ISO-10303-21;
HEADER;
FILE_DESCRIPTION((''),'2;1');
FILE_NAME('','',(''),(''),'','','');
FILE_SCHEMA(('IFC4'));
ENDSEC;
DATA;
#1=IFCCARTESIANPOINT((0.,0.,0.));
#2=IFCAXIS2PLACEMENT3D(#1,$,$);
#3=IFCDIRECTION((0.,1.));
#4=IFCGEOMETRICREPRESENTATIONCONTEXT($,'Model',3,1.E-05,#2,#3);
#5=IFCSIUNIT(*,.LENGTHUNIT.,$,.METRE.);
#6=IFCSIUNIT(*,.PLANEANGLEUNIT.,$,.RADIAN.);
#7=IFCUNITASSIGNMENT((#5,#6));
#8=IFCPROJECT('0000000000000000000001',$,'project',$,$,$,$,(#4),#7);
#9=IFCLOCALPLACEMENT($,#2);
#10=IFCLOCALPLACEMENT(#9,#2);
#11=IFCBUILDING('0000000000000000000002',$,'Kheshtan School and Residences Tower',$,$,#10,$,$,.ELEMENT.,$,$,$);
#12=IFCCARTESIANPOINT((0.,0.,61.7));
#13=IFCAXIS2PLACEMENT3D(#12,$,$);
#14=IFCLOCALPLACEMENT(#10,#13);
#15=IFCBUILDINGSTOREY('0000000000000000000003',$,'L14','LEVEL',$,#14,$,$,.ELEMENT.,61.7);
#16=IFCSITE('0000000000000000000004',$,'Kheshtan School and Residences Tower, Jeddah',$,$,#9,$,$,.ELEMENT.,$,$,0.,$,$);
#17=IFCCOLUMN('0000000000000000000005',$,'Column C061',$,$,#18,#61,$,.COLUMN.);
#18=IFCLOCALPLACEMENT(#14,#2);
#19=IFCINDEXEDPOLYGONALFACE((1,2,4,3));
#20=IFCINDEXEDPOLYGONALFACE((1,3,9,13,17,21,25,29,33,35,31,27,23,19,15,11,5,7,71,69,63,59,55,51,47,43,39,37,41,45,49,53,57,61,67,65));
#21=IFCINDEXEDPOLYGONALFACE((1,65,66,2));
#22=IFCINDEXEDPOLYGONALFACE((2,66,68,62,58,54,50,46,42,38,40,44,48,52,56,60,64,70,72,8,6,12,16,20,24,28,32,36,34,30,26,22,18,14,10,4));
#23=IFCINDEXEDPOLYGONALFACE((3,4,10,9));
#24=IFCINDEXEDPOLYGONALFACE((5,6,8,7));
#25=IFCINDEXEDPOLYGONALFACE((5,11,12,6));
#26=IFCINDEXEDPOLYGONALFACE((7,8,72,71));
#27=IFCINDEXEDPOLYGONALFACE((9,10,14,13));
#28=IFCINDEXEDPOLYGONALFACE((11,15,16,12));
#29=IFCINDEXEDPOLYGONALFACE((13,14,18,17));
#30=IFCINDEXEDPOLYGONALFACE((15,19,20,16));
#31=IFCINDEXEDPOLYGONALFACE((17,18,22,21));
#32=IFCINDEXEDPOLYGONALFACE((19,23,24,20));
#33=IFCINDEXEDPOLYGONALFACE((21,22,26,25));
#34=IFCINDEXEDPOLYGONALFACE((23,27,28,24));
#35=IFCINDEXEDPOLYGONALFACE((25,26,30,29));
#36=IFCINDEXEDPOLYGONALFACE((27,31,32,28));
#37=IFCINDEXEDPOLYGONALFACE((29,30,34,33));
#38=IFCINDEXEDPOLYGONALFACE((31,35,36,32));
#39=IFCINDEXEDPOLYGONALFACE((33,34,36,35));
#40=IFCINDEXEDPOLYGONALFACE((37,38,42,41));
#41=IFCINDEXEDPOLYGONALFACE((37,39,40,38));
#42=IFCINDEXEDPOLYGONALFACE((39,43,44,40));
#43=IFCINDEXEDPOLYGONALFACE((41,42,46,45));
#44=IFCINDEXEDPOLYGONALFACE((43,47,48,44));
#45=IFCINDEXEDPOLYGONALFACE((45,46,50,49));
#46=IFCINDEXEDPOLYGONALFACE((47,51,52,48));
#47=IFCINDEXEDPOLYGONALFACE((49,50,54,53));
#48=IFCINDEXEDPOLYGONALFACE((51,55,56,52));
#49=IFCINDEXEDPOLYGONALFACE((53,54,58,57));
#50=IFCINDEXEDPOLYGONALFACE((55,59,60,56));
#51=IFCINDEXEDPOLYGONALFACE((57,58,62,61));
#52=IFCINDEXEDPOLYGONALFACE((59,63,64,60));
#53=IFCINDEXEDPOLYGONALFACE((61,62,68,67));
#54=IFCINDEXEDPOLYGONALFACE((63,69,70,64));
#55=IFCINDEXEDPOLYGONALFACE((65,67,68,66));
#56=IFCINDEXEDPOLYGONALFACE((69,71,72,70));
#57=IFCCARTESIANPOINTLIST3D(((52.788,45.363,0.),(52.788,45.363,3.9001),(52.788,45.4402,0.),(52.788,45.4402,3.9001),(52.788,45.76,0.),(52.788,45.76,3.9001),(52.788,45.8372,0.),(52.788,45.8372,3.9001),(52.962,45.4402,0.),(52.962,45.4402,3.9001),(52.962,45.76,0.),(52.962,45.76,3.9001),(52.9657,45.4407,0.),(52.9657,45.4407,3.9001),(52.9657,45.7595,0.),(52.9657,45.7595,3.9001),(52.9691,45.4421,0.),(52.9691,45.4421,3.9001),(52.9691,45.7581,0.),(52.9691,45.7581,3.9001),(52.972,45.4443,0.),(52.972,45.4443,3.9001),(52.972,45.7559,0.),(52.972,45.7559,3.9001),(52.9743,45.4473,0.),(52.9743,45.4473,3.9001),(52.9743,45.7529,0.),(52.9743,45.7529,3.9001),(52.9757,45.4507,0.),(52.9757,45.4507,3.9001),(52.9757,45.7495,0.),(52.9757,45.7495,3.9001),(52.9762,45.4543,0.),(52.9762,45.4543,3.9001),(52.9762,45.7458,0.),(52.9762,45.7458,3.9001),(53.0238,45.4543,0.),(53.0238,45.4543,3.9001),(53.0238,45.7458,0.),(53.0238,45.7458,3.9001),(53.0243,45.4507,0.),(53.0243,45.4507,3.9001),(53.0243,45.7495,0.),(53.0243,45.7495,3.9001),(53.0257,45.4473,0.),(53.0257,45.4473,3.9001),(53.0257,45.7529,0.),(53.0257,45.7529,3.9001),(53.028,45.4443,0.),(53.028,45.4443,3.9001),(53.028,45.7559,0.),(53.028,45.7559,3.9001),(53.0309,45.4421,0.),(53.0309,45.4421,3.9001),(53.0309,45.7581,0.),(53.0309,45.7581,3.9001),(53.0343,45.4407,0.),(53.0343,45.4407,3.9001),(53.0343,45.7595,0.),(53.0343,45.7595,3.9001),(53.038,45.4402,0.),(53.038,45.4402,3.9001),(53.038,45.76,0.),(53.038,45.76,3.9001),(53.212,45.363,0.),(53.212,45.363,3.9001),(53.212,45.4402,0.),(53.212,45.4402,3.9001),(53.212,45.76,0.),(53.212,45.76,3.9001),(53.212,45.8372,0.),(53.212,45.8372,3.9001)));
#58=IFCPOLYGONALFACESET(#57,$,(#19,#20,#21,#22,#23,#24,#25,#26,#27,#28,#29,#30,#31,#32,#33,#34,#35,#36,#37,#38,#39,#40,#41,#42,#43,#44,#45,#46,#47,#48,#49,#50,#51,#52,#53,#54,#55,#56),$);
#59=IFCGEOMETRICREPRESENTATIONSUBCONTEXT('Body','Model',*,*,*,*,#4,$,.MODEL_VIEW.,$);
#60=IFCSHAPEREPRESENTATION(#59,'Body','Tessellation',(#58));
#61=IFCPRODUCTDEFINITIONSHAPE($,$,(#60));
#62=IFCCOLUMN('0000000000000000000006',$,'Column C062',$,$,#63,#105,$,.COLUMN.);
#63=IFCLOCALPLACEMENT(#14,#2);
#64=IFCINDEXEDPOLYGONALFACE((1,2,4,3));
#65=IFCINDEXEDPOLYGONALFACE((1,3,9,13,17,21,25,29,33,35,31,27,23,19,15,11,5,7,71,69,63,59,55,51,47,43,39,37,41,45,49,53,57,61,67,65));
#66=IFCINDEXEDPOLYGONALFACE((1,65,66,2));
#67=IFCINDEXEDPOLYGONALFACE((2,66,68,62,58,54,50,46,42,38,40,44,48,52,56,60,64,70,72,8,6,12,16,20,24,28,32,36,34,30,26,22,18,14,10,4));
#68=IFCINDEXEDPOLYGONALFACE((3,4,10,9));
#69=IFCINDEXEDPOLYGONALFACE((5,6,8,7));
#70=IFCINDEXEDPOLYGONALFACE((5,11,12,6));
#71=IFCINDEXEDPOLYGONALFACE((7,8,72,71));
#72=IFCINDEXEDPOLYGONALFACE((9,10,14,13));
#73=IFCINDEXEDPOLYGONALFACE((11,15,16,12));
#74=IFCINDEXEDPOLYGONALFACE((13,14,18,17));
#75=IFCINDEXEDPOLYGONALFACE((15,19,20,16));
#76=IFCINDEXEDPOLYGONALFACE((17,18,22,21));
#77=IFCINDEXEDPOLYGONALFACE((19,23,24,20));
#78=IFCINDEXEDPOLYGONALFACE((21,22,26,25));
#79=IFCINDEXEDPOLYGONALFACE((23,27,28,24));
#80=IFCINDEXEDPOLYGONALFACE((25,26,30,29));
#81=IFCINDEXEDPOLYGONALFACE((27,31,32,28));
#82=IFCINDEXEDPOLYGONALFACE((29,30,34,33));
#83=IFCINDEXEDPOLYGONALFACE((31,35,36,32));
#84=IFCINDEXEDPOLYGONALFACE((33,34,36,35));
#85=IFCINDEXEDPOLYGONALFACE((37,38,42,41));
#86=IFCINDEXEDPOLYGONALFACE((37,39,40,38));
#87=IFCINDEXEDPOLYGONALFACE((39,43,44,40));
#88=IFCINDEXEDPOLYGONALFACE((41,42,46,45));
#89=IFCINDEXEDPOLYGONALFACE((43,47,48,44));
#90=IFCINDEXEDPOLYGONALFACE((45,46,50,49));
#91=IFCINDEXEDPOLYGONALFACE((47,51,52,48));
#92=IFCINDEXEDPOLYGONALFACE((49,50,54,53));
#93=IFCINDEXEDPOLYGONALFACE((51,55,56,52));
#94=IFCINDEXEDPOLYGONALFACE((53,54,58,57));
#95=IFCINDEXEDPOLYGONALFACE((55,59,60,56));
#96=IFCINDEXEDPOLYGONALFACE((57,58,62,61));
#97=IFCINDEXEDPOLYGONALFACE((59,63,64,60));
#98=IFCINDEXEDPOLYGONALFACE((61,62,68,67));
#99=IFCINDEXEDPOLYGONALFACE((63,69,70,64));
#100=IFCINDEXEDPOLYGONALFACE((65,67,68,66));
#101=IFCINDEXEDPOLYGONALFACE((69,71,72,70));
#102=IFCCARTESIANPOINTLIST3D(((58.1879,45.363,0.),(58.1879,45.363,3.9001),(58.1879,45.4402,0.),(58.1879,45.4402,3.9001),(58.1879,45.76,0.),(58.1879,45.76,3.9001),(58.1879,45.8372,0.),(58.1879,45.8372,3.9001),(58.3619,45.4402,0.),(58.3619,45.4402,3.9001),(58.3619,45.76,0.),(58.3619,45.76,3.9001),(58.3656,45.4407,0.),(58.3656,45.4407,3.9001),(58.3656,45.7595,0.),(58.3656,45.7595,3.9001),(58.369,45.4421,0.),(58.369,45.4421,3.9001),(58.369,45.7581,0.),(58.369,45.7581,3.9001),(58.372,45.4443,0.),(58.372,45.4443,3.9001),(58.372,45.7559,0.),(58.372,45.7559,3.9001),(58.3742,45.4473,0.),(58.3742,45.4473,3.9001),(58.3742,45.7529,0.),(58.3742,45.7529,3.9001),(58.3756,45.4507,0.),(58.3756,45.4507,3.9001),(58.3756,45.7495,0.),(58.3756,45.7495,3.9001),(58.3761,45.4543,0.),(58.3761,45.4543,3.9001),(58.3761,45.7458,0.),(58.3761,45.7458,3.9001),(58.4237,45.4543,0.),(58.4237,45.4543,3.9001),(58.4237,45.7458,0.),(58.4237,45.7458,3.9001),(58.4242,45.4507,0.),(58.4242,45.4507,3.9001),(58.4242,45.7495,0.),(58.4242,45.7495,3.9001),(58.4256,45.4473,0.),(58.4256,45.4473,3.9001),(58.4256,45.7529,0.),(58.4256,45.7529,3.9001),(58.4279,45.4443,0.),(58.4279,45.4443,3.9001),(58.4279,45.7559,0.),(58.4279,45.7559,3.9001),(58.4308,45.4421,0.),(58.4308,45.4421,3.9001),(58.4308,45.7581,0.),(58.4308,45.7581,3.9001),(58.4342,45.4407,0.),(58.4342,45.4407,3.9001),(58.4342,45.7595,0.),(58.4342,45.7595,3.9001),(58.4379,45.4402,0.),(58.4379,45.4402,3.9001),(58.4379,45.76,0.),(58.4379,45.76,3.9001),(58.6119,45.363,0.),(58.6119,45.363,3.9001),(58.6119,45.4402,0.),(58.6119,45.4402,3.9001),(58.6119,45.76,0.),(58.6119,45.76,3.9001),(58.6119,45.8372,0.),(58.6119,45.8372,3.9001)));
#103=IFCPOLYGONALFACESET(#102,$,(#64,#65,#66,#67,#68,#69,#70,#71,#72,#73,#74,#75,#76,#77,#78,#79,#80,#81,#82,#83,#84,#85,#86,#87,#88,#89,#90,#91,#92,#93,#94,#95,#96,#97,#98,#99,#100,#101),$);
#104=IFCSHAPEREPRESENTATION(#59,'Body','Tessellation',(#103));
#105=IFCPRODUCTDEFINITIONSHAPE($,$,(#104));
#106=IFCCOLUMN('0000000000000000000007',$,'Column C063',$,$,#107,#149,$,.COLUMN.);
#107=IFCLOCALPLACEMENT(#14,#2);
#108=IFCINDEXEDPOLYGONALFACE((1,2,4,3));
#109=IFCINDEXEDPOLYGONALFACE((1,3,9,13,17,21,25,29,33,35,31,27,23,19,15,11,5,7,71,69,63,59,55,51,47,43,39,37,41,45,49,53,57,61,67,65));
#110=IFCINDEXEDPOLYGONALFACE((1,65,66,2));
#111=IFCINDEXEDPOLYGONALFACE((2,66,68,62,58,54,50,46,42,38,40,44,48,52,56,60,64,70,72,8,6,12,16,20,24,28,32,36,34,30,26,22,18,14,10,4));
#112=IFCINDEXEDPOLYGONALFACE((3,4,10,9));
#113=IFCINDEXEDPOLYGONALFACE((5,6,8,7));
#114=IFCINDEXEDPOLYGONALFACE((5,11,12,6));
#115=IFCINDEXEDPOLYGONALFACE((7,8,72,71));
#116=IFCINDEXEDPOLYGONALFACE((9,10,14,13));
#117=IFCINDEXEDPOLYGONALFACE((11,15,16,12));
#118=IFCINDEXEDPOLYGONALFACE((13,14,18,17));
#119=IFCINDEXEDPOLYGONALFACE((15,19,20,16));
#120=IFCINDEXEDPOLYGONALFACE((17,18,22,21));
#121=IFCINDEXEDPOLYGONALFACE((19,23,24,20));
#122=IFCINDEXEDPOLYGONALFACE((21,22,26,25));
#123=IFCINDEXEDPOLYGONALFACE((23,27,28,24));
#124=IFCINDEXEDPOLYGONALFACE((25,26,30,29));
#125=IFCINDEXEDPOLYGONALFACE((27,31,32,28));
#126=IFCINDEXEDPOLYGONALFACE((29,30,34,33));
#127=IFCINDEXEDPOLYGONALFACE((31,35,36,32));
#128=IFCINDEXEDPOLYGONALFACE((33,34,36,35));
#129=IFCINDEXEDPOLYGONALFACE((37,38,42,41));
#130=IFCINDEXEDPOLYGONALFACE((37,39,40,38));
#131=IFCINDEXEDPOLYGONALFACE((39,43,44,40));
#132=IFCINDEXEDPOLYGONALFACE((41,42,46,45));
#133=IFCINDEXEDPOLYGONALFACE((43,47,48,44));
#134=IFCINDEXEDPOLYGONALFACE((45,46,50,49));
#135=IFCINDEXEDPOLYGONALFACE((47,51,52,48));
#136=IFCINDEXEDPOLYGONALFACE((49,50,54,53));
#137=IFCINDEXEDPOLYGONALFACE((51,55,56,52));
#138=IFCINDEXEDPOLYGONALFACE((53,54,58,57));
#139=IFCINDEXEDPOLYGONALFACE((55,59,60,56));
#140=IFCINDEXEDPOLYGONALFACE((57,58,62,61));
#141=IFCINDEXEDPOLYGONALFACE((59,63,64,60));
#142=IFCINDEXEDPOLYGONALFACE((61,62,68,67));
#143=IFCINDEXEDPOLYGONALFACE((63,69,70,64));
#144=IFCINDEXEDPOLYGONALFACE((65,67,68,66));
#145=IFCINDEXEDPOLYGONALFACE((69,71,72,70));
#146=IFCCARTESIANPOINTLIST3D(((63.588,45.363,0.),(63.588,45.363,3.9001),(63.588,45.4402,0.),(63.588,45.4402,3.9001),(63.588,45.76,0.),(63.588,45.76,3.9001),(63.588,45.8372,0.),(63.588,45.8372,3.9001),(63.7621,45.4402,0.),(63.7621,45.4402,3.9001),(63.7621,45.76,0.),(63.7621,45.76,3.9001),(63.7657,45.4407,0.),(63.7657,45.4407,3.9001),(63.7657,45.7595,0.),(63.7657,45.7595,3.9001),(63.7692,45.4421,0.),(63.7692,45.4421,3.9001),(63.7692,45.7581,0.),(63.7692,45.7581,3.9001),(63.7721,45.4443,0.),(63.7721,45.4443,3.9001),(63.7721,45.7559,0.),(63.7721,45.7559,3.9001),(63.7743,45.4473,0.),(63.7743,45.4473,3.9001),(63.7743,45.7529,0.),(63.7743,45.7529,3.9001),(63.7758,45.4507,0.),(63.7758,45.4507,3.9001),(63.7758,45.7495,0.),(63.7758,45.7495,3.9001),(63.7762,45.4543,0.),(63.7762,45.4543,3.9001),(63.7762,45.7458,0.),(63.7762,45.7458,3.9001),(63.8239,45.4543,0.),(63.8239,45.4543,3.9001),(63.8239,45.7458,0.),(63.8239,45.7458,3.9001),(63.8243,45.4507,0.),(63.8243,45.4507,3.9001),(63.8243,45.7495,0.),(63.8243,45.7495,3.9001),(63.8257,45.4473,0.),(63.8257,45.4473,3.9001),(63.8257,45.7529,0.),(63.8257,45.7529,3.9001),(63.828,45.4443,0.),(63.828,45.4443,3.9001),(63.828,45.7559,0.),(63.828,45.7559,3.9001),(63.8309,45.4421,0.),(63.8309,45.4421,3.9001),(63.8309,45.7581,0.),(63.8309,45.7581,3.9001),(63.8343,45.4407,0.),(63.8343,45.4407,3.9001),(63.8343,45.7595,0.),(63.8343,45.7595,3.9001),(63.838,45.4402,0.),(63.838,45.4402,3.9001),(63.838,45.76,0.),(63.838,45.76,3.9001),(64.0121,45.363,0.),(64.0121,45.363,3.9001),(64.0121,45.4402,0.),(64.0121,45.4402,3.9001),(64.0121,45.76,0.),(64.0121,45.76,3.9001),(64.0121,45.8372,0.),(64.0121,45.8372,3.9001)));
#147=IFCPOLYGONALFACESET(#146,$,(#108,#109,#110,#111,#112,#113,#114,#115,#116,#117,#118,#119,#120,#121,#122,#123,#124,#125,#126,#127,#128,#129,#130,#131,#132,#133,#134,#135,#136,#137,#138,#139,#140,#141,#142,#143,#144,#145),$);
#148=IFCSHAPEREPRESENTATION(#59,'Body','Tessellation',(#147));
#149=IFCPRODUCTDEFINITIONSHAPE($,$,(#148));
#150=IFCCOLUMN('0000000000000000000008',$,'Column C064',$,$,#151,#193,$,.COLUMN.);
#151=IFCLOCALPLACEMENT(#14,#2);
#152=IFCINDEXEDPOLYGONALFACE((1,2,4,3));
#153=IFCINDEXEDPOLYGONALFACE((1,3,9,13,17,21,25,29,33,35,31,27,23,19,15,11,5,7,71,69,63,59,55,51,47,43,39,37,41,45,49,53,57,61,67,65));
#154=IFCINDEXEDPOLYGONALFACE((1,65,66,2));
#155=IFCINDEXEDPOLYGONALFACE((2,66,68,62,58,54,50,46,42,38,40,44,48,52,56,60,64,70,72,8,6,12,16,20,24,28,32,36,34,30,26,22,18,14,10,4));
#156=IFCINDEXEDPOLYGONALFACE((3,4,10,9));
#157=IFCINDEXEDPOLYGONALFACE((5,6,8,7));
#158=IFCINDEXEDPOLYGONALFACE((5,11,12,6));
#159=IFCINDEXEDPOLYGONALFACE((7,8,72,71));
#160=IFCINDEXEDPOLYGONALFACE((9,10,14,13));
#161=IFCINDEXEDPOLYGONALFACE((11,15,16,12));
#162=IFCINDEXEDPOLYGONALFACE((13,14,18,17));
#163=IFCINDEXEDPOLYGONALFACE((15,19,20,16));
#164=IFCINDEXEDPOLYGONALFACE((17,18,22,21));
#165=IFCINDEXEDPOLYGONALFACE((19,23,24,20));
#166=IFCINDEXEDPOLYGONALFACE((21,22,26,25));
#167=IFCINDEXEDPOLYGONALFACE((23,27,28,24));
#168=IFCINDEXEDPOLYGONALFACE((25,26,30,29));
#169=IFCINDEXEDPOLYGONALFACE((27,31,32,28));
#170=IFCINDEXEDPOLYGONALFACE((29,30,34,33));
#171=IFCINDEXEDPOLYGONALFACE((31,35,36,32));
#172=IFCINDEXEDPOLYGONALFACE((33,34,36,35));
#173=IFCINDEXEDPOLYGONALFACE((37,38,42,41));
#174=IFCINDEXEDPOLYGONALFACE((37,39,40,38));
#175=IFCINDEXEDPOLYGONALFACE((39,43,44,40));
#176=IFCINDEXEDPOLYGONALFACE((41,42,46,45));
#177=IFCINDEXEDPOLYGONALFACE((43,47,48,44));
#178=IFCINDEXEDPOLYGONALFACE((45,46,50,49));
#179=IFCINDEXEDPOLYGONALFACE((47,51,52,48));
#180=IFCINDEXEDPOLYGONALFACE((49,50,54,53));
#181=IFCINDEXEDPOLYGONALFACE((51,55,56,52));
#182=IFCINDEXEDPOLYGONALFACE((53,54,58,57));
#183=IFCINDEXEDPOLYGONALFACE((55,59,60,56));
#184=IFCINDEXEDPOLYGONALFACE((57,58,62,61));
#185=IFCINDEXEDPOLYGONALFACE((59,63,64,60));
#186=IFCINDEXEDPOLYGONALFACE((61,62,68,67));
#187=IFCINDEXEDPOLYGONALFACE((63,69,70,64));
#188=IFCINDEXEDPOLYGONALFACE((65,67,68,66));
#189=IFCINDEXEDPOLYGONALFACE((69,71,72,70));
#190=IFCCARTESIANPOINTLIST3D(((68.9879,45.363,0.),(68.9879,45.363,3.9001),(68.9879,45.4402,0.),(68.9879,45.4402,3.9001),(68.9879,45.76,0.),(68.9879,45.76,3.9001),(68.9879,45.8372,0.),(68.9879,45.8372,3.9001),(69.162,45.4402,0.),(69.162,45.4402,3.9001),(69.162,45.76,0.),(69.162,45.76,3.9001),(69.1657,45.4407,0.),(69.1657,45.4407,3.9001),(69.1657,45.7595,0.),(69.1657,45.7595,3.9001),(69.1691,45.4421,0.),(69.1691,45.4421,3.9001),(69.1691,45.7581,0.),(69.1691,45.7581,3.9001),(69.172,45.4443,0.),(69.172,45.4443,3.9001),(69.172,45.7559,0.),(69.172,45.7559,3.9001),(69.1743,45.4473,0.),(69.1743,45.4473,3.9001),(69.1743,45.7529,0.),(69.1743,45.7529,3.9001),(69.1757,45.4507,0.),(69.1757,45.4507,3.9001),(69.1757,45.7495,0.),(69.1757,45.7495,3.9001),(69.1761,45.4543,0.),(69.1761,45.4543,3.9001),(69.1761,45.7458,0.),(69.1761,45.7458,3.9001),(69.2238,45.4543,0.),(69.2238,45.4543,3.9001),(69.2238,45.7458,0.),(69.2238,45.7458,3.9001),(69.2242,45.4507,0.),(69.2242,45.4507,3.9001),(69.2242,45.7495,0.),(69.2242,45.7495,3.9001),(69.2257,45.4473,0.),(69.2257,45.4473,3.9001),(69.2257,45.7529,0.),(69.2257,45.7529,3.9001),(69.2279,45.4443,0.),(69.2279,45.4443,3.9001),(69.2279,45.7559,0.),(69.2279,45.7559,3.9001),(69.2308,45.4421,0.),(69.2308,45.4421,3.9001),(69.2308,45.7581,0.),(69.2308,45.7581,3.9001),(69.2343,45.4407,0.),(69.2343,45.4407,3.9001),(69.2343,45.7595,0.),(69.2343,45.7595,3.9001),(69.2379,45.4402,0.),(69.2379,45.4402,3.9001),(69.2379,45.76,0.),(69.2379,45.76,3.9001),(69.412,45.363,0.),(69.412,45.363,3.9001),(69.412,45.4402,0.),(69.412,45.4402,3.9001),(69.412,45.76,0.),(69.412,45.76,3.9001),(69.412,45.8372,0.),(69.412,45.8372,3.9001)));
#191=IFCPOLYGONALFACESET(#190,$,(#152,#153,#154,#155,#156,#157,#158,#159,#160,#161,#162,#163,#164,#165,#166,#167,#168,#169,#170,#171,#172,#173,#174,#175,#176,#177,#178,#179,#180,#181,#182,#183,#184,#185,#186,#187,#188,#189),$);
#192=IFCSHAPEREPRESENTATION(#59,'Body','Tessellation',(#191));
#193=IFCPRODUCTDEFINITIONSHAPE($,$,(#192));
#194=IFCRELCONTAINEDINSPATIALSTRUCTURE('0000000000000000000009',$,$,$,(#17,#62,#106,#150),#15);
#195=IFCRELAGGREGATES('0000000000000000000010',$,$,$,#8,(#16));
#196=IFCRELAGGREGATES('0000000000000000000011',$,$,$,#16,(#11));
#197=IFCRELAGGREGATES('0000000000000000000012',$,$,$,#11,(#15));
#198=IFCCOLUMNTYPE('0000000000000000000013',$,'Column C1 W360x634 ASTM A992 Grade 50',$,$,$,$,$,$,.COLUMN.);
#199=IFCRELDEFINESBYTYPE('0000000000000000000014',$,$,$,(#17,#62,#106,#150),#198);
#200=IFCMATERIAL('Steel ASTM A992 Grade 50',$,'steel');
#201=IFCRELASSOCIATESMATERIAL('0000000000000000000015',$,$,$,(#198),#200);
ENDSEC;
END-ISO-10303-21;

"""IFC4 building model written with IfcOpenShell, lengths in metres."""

from ifc_helpers import new_model, si_unit, direction, frame, origin, origin_2d, place, context, subcontext, project, spatial, i_section, extrude, material, material_profile, profile_set, type_object, element, save


model = new_model("IFC4")

# Units and contexts
model_context = context("Model", 3, precision=1e-05, world=origin(), true_north=direction((0.0, 1.0)))
body_context = subcontext(model_context, "Body", "Model", "MODEL_VIEW")
ifc_project = project(units=[si_unit("LENGTHUNIT", "METRE"), si_unit("PLANEANGLEUNIT", "RADIAN")], contexts=[model_context])

# Site, building, storey
site_placement = place(None, origin())
site = spatial("IfcSite", under=ifc_project, at=site_placement, Name="Kheshtan School and Residences Tower, Jeddah", CompositionType="ELEMENT", RefElevation=0.0)
building_placement = place(site_placement, origin())
building = spatial("IfcBuilding", under=site, at=building_placement, Name="Kheshtan School and Residences Tower", CompositionType="ELEMENT")
storey_placement = place(building_placement, frame((0.0, 0.0, 61.7)))
storey = spatial("IfcBuildingStorey", under=building, at=storey_placement, Name="L14", Description="LEVEL", CompositionType="ELEMENT", Elevation=61.7)

# Columns
ifc_material_1 = material(Name="Steel ASTM A992 Grade 50", Category="steel")
ifc_material_profile_1 = material_profile(ifc_material_1, i_section(OverallWidth=0.4241, OverallDepth=0.4741, WebThickness=0.0476, FlangeThickness=0.0771, FilletRadius=0.0142, at=origin_2d()), Name="W360x634")
ifc_profile_set_1 = profile_set([ifc_material_profile_1], Name="Steel ASTM A992 Grade 50")
column_type = type_object("IfcColumnType", Name="Column C1 W360x634 ASTM A992 Grade 50", PredefinedType="COLUMN", material=ifc_profile_set_1)
for number, where, z_axis, x_axis, name in (
    (1, (53.0, 45.6001, 0.0), (0.0, 0.0, 1.0), (1.0, 0.0, 0.0), "Column C061"),
    (2, (58.3999, 45.6001, 0.0), (0.0, 0.0, 1.0), (1.0, 0.0, 0.0), "Column C062"),
    (3, (63.8, 45.6001, 0.0), (0.0, 0.0, 1.0), (1.0, 0.0, 0.0), "Column C063"),
    (4, (69.2, 45.6001, 0.0), (0.0, 0.0, 1.0), (1.0, 0.0, 0.0), "Column C064"),
):
    element("IfcColumn", number, at=place(storey_placement, frame(where, z_axis=z_axis, x_axis=x_axis)), inside=storey, type_object=column_type, Name=name, PredefinedType="COLUMN", context=body_context, shape_type="SweptSolid", body=[
        extrude(i_section(OverallWidth=0.4241, OverallDepth=0.4741, WebThickness=0.0476, FlangeThickness=0.0771, FilletRadius=0.0142, at=origin_2d()), origin(), (0.0, 0.0, 1.0), 3.9001),
    ])

save(model, "model.ifc")
